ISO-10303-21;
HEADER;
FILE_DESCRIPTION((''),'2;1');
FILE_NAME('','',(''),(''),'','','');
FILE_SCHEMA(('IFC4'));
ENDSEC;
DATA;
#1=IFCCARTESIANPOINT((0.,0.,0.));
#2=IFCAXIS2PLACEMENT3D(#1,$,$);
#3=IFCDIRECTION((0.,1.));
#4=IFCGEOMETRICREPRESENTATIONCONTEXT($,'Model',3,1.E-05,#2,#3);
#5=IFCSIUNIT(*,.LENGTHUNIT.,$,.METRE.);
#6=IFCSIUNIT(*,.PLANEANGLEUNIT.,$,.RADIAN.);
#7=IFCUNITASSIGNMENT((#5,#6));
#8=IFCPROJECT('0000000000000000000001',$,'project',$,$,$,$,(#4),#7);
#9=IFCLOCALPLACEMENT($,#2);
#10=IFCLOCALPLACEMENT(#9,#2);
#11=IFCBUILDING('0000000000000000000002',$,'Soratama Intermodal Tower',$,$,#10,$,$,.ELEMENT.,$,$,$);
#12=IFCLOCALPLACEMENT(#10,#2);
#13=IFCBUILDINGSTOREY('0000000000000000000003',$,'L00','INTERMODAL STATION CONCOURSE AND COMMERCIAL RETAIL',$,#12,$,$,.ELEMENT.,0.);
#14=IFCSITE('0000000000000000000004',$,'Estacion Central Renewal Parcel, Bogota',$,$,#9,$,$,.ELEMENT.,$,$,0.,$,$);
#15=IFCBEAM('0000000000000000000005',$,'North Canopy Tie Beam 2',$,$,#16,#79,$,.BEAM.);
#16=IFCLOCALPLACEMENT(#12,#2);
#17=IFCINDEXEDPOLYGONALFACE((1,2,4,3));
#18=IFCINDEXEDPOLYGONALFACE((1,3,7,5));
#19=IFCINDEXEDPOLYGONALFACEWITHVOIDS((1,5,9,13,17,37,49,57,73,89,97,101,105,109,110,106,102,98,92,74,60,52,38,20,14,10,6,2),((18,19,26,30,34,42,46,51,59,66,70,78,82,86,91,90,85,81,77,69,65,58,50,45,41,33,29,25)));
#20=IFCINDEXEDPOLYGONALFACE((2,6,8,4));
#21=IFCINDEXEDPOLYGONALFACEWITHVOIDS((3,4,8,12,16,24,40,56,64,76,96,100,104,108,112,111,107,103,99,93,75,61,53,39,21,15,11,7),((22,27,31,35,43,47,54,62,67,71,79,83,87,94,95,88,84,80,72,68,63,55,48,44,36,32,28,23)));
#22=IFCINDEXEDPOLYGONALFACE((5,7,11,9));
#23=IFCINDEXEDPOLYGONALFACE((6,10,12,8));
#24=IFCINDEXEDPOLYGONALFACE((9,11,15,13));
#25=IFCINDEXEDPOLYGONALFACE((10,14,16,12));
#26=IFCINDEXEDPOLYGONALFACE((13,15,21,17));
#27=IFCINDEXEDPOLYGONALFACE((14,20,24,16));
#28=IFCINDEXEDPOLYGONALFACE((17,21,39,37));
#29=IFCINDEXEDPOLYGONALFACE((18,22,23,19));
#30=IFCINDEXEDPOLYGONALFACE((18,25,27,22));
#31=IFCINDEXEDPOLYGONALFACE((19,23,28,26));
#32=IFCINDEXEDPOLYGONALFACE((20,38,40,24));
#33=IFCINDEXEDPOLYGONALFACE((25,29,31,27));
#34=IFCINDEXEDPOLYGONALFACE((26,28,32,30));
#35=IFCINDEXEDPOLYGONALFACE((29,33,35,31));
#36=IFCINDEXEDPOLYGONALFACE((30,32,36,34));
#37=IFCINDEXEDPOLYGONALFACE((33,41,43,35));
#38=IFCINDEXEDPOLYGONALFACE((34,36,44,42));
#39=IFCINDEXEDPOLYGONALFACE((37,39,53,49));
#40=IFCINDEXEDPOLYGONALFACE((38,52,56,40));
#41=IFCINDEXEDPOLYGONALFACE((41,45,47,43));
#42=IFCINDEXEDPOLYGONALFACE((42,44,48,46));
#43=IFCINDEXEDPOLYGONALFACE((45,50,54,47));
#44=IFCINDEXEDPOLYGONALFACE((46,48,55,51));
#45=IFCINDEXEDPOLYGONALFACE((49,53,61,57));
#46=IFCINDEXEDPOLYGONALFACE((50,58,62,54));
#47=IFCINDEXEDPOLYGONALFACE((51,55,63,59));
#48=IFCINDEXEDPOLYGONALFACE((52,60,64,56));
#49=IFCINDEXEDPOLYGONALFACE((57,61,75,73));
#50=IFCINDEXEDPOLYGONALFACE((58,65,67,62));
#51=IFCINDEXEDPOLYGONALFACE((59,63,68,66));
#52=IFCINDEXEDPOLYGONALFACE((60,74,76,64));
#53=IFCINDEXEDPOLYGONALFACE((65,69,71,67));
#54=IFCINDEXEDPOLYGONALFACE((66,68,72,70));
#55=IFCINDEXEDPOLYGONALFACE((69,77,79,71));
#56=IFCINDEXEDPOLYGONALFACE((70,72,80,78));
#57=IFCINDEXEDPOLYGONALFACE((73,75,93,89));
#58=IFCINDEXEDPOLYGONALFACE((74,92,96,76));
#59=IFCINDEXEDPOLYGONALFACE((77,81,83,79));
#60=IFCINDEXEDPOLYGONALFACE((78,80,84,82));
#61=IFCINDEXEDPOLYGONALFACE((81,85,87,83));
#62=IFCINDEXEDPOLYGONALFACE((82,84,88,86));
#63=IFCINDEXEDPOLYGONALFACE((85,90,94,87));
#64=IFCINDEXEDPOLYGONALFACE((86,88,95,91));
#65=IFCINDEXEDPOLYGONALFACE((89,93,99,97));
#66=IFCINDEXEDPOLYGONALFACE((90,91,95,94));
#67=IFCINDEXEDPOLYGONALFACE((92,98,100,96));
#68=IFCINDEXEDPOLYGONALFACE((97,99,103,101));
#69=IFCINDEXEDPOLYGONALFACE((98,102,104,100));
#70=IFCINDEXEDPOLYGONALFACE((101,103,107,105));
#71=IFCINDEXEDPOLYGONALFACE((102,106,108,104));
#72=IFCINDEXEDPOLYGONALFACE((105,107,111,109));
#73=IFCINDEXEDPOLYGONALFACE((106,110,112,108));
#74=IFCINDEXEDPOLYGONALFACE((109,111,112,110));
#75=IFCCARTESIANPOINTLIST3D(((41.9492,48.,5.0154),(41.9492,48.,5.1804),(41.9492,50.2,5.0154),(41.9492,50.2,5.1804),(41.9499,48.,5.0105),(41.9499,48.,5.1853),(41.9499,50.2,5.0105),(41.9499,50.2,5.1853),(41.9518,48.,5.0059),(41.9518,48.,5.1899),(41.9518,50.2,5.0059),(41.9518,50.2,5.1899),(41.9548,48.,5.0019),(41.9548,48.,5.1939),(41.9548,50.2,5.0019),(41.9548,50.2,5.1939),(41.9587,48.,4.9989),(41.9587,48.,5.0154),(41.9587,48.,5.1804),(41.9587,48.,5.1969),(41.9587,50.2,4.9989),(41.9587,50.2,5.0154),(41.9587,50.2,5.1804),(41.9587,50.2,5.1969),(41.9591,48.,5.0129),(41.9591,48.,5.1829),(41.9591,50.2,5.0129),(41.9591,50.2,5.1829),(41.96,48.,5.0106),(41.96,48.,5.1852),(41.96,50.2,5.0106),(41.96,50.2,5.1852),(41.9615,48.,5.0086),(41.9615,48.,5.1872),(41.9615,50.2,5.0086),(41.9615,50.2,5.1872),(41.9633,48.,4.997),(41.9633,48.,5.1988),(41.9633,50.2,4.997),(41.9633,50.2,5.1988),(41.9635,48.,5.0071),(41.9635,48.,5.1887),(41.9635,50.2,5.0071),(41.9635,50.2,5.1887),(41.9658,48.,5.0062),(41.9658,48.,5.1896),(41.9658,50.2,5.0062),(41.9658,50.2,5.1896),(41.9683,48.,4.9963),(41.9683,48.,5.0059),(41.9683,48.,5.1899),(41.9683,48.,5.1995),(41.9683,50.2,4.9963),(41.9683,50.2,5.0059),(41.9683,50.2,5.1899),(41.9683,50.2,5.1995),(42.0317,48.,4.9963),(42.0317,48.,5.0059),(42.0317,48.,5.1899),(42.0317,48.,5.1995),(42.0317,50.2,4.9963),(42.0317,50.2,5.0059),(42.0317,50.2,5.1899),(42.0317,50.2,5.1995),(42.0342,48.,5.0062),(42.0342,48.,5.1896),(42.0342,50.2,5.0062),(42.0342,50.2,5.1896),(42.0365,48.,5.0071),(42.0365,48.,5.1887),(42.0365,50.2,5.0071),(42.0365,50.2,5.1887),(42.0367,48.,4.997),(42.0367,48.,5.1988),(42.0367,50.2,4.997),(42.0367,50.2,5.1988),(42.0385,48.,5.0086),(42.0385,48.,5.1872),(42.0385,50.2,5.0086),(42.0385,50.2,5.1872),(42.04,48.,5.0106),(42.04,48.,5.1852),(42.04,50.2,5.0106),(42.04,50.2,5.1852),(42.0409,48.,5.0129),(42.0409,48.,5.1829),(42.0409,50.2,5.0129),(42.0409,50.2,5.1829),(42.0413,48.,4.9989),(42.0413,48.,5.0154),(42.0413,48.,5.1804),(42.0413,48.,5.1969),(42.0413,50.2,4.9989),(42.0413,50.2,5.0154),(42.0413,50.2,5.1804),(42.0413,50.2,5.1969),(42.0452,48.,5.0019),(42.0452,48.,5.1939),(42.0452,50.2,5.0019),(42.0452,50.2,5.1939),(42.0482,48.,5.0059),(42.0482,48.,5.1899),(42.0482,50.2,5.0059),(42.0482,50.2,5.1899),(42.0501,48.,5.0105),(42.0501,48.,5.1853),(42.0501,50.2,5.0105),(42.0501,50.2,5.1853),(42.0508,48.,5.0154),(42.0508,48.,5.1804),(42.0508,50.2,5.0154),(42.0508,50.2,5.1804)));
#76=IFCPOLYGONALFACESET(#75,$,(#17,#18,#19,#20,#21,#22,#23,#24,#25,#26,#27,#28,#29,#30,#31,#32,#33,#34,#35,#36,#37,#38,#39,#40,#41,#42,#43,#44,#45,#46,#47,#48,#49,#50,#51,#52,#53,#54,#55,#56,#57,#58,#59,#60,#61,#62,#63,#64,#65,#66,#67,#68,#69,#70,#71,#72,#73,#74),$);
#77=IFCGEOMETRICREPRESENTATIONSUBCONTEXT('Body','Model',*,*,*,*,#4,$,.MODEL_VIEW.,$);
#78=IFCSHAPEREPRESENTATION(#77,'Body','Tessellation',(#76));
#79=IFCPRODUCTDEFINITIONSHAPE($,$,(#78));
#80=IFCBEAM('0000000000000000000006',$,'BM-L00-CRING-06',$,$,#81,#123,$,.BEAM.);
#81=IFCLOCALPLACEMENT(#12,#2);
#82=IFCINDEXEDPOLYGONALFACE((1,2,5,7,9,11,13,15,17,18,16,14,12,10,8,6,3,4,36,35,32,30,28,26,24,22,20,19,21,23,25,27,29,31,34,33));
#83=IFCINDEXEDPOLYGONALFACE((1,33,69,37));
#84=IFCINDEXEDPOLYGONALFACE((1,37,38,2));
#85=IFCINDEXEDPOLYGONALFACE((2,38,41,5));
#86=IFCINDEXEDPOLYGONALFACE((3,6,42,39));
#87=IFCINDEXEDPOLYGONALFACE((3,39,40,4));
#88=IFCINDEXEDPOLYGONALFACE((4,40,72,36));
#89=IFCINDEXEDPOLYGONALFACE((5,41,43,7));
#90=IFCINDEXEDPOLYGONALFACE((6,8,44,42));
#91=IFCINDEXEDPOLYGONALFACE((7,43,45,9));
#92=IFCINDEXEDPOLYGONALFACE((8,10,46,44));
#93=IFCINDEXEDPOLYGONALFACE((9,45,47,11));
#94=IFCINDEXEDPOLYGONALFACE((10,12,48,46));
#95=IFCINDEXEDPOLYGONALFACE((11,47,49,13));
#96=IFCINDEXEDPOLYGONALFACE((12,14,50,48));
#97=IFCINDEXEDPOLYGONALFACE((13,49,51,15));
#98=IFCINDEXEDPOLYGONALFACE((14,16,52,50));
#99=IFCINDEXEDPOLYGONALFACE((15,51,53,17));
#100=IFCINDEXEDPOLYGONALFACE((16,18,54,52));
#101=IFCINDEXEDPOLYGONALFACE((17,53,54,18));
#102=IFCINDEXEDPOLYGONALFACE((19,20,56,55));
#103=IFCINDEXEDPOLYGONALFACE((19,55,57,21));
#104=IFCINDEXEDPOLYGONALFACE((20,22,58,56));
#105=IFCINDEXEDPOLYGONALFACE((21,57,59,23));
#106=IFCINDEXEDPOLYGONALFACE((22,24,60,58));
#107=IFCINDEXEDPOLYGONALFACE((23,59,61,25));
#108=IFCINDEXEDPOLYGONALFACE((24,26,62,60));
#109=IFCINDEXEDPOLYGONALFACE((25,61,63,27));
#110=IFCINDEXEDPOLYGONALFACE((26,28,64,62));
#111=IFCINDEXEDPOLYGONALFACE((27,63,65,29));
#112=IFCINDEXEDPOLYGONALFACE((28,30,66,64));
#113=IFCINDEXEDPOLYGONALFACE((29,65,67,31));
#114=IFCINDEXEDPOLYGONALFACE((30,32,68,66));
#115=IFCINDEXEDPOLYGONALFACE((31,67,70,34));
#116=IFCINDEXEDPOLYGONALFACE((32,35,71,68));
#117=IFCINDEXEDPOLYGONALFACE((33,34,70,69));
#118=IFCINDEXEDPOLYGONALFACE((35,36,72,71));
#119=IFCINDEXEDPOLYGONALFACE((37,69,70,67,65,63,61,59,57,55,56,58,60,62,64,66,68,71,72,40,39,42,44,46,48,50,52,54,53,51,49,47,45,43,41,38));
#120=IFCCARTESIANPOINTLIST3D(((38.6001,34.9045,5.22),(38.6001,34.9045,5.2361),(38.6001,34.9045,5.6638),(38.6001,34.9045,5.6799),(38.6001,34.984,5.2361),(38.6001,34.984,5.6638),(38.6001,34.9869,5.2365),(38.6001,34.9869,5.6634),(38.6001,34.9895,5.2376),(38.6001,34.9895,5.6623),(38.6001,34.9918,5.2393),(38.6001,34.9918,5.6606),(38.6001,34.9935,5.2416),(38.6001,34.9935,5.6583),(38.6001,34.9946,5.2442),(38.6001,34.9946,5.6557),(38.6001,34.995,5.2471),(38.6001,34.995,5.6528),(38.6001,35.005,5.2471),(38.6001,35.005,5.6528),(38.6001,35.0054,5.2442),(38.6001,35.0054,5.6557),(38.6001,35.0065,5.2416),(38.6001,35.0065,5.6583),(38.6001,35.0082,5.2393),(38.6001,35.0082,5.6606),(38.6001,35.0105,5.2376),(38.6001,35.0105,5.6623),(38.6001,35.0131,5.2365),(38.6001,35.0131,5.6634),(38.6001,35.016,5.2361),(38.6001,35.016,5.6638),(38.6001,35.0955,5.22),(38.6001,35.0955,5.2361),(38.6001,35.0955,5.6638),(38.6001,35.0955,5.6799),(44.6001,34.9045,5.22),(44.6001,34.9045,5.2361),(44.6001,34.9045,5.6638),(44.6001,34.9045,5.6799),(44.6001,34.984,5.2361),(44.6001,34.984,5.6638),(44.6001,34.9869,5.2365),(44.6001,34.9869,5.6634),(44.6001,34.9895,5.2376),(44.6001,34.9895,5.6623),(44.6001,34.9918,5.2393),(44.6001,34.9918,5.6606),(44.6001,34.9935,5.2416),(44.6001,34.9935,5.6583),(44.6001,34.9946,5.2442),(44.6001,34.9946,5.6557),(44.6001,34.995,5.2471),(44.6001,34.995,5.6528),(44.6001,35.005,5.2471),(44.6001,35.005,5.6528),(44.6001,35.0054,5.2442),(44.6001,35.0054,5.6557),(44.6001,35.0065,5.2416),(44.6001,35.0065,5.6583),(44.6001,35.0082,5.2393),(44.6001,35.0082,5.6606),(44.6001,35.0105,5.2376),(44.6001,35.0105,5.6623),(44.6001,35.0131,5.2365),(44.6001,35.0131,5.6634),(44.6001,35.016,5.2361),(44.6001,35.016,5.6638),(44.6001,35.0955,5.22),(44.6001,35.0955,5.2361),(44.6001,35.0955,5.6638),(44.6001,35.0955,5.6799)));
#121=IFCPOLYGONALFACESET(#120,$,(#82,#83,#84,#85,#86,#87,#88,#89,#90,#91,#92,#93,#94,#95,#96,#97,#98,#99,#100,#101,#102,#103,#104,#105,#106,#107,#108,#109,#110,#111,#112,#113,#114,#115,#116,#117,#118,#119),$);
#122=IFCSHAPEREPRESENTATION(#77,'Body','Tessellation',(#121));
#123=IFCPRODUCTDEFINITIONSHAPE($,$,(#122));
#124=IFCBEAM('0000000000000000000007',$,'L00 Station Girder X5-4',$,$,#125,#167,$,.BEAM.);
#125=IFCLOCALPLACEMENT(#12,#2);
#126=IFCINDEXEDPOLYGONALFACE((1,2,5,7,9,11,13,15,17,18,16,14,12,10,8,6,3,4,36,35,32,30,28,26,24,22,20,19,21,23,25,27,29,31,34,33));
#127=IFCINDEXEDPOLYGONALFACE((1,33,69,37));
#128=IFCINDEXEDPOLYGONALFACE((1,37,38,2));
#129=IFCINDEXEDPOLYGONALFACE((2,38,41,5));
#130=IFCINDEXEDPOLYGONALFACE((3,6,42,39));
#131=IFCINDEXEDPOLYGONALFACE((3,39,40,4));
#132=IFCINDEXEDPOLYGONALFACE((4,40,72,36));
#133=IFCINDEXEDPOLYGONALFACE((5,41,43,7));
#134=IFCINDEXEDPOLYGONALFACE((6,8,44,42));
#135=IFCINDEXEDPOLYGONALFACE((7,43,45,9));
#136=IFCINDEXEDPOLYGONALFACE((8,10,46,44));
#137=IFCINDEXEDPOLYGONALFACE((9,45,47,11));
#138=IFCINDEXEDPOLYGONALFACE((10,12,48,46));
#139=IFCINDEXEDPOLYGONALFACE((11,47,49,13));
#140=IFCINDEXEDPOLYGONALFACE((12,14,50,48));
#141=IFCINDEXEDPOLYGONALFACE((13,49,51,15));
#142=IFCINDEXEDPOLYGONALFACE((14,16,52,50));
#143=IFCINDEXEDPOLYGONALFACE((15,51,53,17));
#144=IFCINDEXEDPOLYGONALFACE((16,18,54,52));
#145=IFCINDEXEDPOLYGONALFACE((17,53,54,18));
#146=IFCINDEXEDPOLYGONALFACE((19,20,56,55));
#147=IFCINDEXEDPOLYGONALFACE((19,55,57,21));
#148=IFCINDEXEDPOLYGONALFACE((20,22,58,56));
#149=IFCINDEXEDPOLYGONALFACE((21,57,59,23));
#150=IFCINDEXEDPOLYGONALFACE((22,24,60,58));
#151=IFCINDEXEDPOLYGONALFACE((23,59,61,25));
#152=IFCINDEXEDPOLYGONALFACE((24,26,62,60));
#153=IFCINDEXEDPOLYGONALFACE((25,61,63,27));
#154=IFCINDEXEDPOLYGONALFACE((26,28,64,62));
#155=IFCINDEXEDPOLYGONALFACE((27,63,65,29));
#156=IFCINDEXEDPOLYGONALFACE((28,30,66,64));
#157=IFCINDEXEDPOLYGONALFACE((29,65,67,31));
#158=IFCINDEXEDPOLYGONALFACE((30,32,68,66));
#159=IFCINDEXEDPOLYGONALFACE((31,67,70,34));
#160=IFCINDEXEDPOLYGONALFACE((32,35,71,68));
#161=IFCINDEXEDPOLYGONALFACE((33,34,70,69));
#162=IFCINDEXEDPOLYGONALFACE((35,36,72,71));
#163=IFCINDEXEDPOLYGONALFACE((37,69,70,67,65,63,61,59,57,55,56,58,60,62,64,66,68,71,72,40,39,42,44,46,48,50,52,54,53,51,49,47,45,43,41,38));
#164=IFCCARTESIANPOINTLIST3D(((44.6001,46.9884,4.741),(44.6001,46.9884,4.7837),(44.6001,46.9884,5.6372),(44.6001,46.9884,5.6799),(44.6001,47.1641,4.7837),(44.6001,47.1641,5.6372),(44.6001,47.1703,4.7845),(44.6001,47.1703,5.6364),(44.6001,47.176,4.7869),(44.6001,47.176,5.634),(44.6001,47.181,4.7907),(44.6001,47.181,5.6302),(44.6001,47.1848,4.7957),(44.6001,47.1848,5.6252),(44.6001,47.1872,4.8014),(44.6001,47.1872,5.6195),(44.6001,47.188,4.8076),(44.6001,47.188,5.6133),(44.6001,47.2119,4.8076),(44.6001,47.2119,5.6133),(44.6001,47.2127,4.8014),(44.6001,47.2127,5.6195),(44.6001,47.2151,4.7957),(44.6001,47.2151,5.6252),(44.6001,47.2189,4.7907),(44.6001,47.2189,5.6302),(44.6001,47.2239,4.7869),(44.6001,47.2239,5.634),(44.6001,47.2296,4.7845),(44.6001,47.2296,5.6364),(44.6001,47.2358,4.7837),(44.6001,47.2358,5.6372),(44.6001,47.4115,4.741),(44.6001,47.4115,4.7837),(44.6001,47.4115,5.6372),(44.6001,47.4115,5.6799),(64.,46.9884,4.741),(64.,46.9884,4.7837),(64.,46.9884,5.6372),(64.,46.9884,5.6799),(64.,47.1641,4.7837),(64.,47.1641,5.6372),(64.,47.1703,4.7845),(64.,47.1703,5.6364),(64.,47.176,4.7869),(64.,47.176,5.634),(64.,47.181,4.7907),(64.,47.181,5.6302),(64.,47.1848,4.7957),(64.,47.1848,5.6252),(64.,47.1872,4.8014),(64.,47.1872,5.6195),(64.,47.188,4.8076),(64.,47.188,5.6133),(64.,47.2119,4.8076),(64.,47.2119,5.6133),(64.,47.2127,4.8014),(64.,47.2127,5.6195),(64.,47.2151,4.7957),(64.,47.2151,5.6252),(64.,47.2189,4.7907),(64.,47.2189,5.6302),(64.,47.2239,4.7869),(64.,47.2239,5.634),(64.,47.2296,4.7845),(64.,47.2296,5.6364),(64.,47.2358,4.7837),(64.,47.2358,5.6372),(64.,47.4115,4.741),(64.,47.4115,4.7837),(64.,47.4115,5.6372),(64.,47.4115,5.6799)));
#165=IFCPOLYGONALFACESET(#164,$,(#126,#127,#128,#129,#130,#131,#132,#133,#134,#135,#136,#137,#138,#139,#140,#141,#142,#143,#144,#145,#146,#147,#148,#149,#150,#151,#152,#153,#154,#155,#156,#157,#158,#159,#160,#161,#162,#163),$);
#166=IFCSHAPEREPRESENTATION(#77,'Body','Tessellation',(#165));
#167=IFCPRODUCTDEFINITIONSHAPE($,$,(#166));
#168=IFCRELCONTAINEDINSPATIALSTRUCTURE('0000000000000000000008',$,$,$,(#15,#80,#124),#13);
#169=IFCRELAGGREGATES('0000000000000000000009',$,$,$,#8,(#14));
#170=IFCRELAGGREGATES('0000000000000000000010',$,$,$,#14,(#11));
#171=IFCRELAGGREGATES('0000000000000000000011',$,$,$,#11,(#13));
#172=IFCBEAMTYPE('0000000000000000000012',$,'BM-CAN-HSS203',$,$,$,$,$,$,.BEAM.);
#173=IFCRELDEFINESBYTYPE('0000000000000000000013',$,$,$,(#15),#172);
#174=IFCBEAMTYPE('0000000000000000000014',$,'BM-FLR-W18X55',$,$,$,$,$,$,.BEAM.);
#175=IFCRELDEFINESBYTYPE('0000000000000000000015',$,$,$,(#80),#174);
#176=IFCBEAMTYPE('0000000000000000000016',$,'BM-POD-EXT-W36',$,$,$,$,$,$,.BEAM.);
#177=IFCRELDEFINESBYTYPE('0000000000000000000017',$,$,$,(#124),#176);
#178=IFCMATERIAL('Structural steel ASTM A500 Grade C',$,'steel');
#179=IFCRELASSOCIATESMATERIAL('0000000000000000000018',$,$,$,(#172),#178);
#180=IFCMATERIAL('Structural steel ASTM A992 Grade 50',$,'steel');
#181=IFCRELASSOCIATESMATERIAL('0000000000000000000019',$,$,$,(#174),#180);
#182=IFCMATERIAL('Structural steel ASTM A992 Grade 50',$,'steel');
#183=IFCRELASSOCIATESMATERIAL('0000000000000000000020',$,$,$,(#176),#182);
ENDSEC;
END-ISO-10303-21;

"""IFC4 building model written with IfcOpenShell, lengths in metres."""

from ifc_helpers import new_model, si_unit, direction, frame, origin, origin_2d, place, context, subcontext, project, spatial, hollow_rectangle, i_section, extrude, material, material_profile, profile_set, type_object, element, save


model = new_model("IFC4")

# Units and contexts
model_context = context("Model", 3, precision=1e-05, world=origin(), true_north=direction((0.0, 1.0)))
body_context = subcontext(model_context, "Body", "Model", "MODEL_VIEW")
ifc_project = project(units=[si_unit("LENGTHUNIT", "METRE"), si_unit("PLANEANGLEUNIT", "RADIAN")], contexts=[model_context])

# Site, building, storey
site_placement = place(None, origin())
site = spatial("IfcSite", under=ifc_project, at=site_placement, Name="Estacion Central Renewal Parcel, Bogota", CompositionType="ELEMENT", RefElevation=0.0)
building_placement = place(site_placement, origin())
building = spatial("IfcBuilding", under=site, at=building_placement, Name="Soratama Intermodal Tower", CompositionType="ELEMENT")
storey_placement = place(building_placement, origin())
storey = spatial("IfcBuildingStorey", under=building, at=storey_placement, Name="L00", Description="INTERMODAL STATION CONCOURSE AND COMMERCIAL RETAIL", CompositionType="ELEMENT", Elevation=0.0)

# Beams
ifc_material_1 = material(Name="Structural steel ASTM A500 Grade C", Category="steel")
ifc_material_profile_1 = material_profile(ifc_material_1, hollow_rectangle(XDim=0.1016, YDim=0.2031, WallThickness=0.0095, InnerFilletRadius=0.0095, OuterFilletRadius=0.019, at=origin_2d()), Name="HSS203X102X9.5")
ifc_profile_set_1 = profile_set([ifc_material_profile_1], Name="Structural steel ASTM A500 Grade C")
beam_type_1 = type_object("IfcBeamType", Name="BM-CAN-HSS203", PredefinedType="BEAM", material=ifc_profile_set_1)
beam_1_placement = place(storey_placement, frame((42.0, 48.0, 5.0979), z_axis=(0.0, 1.0, 0.0), x_axis=(-1.0, 0.0, 0.0)))
element("IfcBeam", 1, at=beam_1_placement, inside=storey, type_object=beam_type_1, Name="North Canopy Tie Beam 2", PredefinedType="BEAM", context=body_context, shape_type="SweptSolid", body=[
    extrude(hollow_rectangle(XDim=0.1016, YDim=0.2031, WallThickness=0.0095, InnerFilletRadius=0.0095, OuterFilletRadius=0.019, at=origin_2d()), origin(), (0.0, 0.0, 1.0), 2.2),
])
ifc_material_2 = material(Name="Structural steel ASTM A992 Grade 50", Category="steel")
ifc_material_profile_2 = material_profile(ifc_material_2, i_section(OverallWidth=0.1909, OverallDepth=0.46, WebThickness=0.01, FlangeThickness=0.0161, FilletRadius=0.011, at=origin_2d()), Name="W18X55")
ifc_profile_set_2 = profile_set([ifc_material_profile_2], Name="Structural steel ASTM A992 Grade 50")
beam_type_2 = type_object("IfcBeamType", Name="BM-FLR-W18X55", PredefinedType="BEAM", material=ifc_profile_set_2)
beam_2_placement = place(storey_placement, frame((44.6001, 35.0, 5.45), z_axis=(-1.0, 0.0, 0.0), x_axis=(0.0, -1.0, 0.0)))
element("IfcBeam", 2, at=beam_2_placement, inside=storey, type_object=beam_type_2, Name="BM-L00-CRING-06", PredefinedType="BEAM", context=body_context, shape_type="SweptSolid", body=[
    extrude(i_section(OverallWidth=0.1909, OverallDepth=0.46, WebThickness=0.01, FlangeThickness=0.0161, FilletRadius=0.011, at=origin_2d()), origin(), (0.0, 0.0, 1.0), 6.0),
])
ifc_material_3 = material(Name="Structural steel ASTM A992 Grade 50", Category="steel")
ifc_material_profile_3 = material_profile(ifc_material_3, i_section(OverallWidth=0.4231, OverallDepth=0.939, WebThickness=0.0239, FlangeThickness=0.0427, FilletRadius=0.0239, at=origin_2d()), Name="W36X302")
ifc_profile_set_3 = profile_set([ifc_material_profile_3], Name="Structural steel ASTM A992 Grade 50")
beam_type_3 = type_object("IfcBeamType", Name="BM-POD-EXT-W36", PredefinedType="BEAM", material=ifc_profile_set_3)
beam_3_placement = place(storey_placement, frame((44.6001, 47.2, 5.2104), z_axis=(1.0, 0.0, 0.0), x_axis=(0.0, 1.0, 0.0)))
element("IfcBeam", 3, at=beam_3_placement, inside=storey, type_object=beam_type_3, Name="L00 Station Girder X5-4", PredefinedType="BEAM", context=body_context, shape_type="SweptSolid", body=[
    extrude(i_section(OverallWidth=0.4231, OverallDepth=0.939, WebThickness=0.0239, FlangeThickness=0.0427, FilletRadius=0.0239, at=origin_2d()), origin(), (0.0, 0.0, 1.0), 19.3999),
])

save(model, "model.ifc")
